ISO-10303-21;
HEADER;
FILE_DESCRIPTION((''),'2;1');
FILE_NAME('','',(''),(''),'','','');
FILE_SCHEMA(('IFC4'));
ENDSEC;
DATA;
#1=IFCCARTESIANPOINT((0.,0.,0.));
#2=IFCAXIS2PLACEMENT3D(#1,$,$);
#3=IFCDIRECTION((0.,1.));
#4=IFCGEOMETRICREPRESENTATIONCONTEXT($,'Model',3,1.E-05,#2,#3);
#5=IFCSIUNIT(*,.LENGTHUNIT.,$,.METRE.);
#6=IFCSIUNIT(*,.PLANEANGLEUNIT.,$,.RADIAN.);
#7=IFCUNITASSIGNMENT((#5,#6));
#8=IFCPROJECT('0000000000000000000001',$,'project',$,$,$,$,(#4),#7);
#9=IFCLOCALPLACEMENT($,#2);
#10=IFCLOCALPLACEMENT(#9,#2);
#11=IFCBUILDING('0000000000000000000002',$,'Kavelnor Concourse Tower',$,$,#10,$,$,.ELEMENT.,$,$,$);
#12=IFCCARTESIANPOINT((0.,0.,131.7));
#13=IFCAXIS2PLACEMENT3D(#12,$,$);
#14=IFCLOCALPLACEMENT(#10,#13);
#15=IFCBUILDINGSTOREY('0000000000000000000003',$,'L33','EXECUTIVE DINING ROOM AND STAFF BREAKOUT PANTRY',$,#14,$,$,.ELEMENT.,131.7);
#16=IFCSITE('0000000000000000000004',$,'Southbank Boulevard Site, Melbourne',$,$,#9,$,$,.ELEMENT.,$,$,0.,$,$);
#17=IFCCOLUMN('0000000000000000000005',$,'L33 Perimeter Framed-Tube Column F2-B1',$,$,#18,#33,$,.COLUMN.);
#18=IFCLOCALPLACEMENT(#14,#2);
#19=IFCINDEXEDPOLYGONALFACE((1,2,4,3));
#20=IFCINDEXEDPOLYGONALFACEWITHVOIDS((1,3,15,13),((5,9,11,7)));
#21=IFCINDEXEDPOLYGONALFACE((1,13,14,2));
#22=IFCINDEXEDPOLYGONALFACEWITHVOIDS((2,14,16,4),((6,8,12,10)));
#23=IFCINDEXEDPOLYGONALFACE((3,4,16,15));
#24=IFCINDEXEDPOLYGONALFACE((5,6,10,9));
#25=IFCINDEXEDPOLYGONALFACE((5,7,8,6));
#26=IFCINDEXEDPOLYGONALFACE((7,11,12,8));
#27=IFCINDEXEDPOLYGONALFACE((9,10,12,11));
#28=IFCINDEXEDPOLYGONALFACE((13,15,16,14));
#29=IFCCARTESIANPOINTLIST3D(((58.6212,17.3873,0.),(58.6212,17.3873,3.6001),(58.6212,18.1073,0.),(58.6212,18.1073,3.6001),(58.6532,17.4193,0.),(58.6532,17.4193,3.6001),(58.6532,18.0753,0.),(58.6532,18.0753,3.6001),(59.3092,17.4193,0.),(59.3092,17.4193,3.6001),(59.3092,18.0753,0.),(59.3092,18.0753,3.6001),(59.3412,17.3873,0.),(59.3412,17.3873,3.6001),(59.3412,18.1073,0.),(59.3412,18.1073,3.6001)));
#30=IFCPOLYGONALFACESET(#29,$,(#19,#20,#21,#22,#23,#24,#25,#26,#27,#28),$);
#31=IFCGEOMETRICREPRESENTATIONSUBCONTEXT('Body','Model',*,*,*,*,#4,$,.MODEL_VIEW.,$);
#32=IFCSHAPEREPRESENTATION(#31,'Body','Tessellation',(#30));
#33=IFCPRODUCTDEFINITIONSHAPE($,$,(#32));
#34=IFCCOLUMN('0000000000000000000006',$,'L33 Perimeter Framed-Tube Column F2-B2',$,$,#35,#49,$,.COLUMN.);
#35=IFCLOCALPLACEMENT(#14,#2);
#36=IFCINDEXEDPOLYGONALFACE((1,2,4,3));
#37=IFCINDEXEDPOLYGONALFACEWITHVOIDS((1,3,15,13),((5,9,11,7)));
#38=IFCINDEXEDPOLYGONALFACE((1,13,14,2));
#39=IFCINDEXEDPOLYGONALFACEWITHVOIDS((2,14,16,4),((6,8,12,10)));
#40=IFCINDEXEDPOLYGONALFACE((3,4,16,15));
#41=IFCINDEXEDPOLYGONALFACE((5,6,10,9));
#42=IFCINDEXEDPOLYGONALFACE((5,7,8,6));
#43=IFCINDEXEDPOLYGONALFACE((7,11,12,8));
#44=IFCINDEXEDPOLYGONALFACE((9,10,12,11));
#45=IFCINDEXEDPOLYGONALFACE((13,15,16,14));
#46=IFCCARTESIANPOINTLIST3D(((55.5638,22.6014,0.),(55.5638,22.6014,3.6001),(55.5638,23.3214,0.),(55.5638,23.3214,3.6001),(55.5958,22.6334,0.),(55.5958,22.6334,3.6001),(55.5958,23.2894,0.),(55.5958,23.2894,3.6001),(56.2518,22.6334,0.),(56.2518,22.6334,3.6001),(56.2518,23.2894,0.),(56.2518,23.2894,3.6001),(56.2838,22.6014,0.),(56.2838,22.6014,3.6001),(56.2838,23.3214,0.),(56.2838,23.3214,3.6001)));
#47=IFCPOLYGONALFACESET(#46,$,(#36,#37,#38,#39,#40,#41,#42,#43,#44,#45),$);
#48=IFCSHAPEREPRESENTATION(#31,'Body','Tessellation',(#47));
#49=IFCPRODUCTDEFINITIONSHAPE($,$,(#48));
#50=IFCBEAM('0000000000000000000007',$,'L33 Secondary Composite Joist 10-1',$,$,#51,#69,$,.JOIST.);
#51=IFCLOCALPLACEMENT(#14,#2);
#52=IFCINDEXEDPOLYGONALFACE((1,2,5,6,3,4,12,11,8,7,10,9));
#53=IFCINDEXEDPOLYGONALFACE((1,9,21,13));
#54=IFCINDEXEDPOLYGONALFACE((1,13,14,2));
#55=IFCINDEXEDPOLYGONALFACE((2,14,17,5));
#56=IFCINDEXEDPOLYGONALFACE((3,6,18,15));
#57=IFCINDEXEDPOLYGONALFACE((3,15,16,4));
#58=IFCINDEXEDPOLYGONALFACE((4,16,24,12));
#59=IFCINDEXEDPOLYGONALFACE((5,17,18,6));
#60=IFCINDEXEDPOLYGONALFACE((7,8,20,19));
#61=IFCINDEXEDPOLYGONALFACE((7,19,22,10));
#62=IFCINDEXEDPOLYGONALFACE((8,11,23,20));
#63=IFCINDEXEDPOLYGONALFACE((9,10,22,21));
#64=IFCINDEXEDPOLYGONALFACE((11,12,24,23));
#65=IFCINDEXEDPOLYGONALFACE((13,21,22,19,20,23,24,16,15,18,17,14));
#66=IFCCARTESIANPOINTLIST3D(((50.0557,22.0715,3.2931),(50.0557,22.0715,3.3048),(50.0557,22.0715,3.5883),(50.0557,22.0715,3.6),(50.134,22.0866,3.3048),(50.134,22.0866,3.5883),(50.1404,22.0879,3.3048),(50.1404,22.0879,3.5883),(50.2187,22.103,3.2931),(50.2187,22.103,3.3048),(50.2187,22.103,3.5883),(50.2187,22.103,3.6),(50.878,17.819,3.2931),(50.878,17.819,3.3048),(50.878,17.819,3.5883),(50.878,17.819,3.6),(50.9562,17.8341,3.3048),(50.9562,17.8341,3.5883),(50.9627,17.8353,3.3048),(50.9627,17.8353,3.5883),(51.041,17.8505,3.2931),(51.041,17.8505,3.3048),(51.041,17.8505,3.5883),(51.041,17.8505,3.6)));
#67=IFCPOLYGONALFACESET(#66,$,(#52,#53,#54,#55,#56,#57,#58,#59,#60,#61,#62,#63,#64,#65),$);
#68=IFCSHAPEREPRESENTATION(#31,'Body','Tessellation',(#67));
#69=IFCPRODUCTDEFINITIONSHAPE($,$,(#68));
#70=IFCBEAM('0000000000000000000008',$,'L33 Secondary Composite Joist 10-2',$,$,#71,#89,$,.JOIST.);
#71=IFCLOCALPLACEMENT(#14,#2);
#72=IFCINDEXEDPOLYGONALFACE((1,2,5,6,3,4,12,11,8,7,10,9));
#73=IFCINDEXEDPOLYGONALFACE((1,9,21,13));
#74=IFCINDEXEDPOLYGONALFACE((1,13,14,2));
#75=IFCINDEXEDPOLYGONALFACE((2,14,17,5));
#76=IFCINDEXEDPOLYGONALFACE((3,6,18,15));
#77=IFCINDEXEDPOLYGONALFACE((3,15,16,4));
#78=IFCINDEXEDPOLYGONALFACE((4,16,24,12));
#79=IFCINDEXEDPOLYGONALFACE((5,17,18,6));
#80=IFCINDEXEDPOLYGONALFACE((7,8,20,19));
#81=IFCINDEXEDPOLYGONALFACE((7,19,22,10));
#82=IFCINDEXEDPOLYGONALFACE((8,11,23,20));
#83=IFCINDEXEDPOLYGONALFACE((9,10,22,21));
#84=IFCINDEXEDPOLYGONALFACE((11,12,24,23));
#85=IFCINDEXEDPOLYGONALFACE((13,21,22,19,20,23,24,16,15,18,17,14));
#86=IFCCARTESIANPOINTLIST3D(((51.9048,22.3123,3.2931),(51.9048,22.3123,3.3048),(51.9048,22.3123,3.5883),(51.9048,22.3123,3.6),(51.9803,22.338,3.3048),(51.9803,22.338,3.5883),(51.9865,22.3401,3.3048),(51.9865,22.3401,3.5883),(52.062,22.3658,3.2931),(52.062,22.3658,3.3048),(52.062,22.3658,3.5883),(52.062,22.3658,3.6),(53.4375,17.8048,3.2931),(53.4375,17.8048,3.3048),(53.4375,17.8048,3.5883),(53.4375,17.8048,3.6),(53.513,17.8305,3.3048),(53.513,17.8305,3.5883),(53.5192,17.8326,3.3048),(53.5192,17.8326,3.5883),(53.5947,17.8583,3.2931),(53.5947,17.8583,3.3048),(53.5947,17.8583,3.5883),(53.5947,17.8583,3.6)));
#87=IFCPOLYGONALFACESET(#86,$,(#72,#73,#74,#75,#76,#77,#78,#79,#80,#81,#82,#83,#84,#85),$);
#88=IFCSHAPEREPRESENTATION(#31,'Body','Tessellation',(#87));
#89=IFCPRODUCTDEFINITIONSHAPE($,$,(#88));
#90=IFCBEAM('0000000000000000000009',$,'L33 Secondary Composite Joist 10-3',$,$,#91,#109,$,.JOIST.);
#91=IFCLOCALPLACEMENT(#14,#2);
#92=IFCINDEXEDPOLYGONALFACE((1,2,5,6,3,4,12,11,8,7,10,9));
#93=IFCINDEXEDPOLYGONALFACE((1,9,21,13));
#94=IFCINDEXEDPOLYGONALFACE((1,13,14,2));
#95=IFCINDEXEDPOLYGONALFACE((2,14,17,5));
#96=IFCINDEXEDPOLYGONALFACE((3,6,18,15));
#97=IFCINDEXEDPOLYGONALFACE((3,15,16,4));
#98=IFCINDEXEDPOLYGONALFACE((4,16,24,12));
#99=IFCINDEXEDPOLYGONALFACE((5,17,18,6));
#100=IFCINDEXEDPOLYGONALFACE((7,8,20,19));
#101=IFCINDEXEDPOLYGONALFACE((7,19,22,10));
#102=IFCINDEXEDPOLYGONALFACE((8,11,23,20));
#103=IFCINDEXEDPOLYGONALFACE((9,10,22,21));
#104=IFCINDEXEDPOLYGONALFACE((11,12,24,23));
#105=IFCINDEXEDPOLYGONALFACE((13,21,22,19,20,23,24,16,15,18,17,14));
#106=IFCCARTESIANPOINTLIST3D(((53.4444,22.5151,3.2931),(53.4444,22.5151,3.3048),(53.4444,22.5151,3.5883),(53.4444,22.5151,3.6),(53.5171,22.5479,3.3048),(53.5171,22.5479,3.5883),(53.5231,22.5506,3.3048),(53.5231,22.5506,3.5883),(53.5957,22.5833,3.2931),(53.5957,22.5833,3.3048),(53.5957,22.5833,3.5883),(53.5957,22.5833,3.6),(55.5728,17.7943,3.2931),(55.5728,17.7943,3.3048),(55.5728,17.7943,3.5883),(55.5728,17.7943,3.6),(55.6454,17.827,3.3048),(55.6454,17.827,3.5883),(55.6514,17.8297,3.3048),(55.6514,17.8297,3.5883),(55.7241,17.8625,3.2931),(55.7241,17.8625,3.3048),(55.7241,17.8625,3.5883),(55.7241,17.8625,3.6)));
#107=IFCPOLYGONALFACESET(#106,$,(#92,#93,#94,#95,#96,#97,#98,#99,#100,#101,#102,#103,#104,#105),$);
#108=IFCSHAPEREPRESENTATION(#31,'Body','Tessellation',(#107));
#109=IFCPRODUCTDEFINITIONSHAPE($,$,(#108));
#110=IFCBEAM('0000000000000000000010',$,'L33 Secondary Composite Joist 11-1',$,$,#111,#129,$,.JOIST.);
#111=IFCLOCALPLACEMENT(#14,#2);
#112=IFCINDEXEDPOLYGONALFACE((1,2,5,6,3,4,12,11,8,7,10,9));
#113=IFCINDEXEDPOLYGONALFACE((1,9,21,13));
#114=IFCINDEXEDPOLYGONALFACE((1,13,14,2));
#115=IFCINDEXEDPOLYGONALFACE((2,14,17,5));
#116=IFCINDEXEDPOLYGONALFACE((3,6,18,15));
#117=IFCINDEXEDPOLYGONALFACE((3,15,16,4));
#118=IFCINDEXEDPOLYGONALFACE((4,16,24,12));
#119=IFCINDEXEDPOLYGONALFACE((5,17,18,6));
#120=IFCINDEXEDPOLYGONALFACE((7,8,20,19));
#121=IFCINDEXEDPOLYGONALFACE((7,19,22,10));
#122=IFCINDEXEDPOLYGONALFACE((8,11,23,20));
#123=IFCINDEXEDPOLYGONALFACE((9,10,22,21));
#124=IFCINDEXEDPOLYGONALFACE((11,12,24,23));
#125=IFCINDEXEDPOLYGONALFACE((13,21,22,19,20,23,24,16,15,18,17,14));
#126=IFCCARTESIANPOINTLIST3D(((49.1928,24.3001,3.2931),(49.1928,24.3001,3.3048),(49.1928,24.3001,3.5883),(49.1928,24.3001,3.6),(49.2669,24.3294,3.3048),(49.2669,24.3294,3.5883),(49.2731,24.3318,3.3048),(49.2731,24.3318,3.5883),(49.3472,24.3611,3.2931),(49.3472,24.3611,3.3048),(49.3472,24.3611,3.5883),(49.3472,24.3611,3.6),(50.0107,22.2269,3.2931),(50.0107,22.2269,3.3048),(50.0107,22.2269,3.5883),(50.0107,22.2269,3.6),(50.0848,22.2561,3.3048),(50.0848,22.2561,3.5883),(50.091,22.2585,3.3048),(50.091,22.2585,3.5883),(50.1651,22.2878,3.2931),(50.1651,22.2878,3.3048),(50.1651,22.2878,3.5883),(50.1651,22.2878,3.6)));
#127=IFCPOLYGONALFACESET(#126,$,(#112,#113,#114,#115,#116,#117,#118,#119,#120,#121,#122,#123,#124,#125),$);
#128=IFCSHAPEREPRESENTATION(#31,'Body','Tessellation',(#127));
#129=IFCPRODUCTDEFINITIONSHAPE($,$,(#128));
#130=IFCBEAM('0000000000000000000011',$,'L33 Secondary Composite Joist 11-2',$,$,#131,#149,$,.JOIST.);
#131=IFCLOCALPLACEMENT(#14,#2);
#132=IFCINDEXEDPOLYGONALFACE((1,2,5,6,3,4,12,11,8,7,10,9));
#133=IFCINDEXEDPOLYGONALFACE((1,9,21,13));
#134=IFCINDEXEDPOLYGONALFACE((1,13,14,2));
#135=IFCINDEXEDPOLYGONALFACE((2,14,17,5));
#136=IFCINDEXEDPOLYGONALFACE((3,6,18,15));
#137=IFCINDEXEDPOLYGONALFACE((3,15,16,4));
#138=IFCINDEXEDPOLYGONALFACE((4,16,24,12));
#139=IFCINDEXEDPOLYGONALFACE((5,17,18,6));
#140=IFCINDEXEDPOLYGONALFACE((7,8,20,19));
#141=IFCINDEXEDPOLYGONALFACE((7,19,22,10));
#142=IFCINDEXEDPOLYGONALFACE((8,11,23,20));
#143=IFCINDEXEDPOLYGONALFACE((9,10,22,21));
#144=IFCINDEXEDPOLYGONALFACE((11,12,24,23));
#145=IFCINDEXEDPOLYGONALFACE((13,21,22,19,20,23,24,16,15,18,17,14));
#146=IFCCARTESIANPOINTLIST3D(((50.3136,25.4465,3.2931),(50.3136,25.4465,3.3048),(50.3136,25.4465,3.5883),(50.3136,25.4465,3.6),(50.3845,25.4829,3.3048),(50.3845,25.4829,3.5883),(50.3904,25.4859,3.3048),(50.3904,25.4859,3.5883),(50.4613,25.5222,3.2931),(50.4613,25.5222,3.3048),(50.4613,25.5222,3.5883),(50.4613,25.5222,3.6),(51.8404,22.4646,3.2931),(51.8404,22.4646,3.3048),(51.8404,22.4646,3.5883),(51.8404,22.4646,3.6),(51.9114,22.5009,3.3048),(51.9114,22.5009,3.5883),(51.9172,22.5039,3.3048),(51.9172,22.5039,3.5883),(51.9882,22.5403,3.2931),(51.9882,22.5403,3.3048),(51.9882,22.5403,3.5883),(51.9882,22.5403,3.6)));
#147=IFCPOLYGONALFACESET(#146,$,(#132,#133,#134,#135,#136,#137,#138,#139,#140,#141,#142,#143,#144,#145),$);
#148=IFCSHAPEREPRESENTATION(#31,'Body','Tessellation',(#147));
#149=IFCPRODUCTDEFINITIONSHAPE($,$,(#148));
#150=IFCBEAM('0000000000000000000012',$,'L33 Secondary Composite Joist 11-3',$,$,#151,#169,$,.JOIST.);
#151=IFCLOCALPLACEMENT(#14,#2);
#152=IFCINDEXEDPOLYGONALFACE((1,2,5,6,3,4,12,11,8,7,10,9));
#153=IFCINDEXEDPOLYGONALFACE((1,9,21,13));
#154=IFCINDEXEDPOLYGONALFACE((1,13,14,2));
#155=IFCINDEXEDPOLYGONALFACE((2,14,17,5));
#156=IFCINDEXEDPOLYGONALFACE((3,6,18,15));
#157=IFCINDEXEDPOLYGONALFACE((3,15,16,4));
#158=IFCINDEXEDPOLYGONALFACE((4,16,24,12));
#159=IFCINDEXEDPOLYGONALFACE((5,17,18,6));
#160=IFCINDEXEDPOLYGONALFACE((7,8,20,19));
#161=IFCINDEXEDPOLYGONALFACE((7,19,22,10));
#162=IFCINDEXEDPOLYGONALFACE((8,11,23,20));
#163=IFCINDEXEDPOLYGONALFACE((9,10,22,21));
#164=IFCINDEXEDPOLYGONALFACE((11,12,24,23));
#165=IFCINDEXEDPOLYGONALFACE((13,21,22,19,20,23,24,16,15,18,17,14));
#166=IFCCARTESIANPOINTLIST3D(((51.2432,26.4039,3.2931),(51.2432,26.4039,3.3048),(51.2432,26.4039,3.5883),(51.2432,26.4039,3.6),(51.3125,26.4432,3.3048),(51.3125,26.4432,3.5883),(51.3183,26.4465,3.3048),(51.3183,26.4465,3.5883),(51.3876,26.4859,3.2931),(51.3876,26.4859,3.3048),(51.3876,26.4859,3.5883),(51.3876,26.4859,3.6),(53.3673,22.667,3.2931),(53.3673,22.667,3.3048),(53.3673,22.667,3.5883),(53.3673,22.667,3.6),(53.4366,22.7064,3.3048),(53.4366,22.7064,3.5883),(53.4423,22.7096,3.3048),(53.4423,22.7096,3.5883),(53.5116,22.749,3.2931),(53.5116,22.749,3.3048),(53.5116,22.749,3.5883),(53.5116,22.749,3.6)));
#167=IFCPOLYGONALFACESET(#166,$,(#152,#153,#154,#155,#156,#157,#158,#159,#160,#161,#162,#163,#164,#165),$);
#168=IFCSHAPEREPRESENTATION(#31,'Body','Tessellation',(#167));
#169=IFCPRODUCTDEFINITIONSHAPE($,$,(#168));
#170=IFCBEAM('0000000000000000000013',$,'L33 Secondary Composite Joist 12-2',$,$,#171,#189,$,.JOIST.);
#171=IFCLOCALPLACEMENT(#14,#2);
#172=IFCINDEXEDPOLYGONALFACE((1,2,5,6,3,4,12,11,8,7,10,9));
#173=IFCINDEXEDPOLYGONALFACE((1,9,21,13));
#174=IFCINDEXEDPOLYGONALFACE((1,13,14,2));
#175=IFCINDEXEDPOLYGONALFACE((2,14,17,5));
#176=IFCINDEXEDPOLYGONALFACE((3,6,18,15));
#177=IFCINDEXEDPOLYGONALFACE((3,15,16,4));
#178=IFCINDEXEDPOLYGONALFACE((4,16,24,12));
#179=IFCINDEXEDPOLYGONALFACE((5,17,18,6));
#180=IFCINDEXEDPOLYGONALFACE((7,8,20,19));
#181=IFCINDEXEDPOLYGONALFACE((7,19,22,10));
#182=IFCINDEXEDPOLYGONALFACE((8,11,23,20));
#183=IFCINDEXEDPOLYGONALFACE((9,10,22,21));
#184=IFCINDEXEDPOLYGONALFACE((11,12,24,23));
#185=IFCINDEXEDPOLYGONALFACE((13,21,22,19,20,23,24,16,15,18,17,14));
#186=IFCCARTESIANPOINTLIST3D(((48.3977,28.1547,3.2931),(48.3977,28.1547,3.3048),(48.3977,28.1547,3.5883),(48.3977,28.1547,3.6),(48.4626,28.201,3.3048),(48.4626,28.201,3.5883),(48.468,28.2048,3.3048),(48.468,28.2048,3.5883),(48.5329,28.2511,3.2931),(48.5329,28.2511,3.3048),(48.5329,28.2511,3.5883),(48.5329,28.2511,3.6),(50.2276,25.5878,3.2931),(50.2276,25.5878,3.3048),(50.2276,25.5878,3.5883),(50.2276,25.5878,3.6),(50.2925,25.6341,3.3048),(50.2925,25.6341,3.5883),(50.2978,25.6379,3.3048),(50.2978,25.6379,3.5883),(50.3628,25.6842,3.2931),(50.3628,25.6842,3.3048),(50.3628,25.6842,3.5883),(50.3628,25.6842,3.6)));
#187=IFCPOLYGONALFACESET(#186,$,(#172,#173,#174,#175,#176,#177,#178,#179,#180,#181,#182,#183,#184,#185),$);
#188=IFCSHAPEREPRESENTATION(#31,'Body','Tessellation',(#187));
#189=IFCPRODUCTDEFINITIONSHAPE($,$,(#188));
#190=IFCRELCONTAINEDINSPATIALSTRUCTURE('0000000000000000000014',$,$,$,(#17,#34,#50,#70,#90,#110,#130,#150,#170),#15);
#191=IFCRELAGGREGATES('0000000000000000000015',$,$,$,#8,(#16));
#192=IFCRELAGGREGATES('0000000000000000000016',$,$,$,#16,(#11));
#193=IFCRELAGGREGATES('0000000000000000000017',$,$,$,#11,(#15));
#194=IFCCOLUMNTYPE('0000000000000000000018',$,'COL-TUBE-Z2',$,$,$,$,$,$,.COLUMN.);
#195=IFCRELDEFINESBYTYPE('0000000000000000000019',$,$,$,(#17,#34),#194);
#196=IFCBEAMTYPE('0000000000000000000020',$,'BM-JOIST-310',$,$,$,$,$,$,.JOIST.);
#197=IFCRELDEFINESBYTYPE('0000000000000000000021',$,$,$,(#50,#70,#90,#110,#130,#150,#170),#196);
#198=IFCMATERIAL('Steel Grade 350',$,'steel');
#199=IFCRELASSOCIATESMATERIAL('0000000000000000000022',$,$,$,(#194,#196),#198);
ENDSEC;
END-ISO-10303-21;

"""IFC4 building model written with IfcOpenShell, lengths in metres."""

from ifc_helpers import new_model, si_unit, direction, frame, origin, origin_2d, place, context, subcontext, project, spatial, hollow_rectangle, i_section, extrude, material, material_profile, profile_set, type_object, element, save


model = new_model("IFC4")

# Units and contexts
model_context = context("Model", 3, precision=1e-05, world=origin(), true_north=direction((0.0, 1.0)))
body_context = subcontext(model_context, "Body", "Model", "MODEL_VIEW")
ifc_project = project(units=[si_unit("LENGTHUNIT", "METRE"), si_unit("PLANEANGLEUNIT", "RADIAN")], contexts=[model_context])

# Site, building, storey
site_placement = place(None, origin())
site = spatial("IfcSite", under=ifc_project, at=site_placement, Name="Southbank Boulevard Site, Melbourne", CompositionType="ELEMENT", RefElevation=0.0)
building_placement = place(site_placement, origin())
building = spatial("IfcBuilding", under=site, at=building_placement, Name="Kavelnor Concourse Tower", CompositionType="ELEMENT")
storey_placement = place(building_placement, frame((0.0, 0.0, 131.7)))
storey = spatial("IfcBuildingStorey", under=building, at=storey_placement, Name="L33", Description="EXECUTIVE DINING ROOM AND STAFF BREAKOUT PANTRY", CompositionType="ELEMENT", Elevation=131.7)

# Columns
ifc_material_1 = material(Name="Steel Grade 350", Category="steel")
ifc_material_profile_1 = material_profile(ifc_material_1, hollow_rectangle(XDim=0.72, YDim=0.72, WallThickness=0.032, at=origin_2d()), Name="SHS 720x720x32")
ifc_profile_set_1 = profile_set([ifc_material_profile_1], Name="Steel Grade 350")
column_type = type_object("IfcColumnType", Name="COL-TUBE-Z2", PredefinedType="COLUMN", material=ifc_profile_set_1)
for number, where, z_axis, x_axis, name in (
    (1, (58.9812, 17.7473, 0.0), (0.0, 0.0, 1.0), (1.0, 0.0, 0.0), "L33 Perimeter Framed-Tube Column F2-B1"),
    (2, (55.9238, 22.9614, 0.0), (0.0, 0.0, 1.0), (1.0, 0.0, 0.0), "L33 Perimeter Framed-Tube Column F2-B2"),
):
    element("IfcColumn", number, at=place(storey_placement, frame(where, z_axis=z_axis, x_axis=x_axis)), inside=storey, type_object=column_type, Name=name, PredefinedType="COLUMN", context=body_context, shape_type="SweptSolid", body=[
        extrude(hollow_rectangle(XDim=0.72, YDim=0.72, WallThickness=0.032, at=origin_2d()), origin(), (0.0, 0.0, 1.0), 3.6001),
    ])

# Beams
ifc_material_profile_2 = material_profile(ifc_material_1, i_section(OverallWidth=0.166, OverallDepth=0.3069, WebThickness=0.0066, FlangeThickness=0.0117, at=origin_2d()), Name="310UB46")
ifc_profile_set_2 = profile_set([ifc_material_profile_2], Name="Steel Grade 350")
beam_type_1 = type_object("IfcBeamType", Name="BM-JOIST-310", PredefinedType="JOIST", material=ifc_profile_set_2)
beam_1_placement = place(storey_placement, frame((50.9595, 17.8347, 3.4465), z_axis=(-0.189847, 0.981814, 0.0), x_axis=(-0.981814, -0.189847, 0.0)))
element("IfcBeam", 3, at=beam_1_placement, inside=storey, type_object=beam_type_1, Name="L33 Secondary Composite Joist 10-1", PredefinedType="JOIST", context=body_context, shape_type="SweptSolid", body=[
    extrude(i_section(OverallWidth=0.166, OverallDepth=0.3069, WebThickness=0.0066, FlangeThickness=0.0117, at=origin_2d()), origin(), (0.0, 0.0, 1.0), 4.3313),
])
beam_2_placement = place(storey_placement, frame((53.5161, 17.8315, 3.4465), z_axis=(-0.321929, 0.946764, 0.0), x_axis=(-0.946764, -0.321929, 0.0)))
element("IfcBeam", 4, at=beam_2_placement, inside=storey, type_object=beam_type_1, Name="L33 Secondary Composite Joist 10-2", PredefinedType="JOIST", context=body_context, shape_type="SweptSolid", body=[
    extrude(i_section(OverallWidth=0.166, OverallDepth=0.3069, WebThickness=0.0066, FlangeThickness=0.0117, at=origin_2d()), origin(), (0.0, 0.0, 1.0), 4.761),
])
beam_3_placement = place(storey_placement, frame((55.6484, 17.8284, 3.4465), z_axis=(-0.411006, 0.911633, 0.0), x_axis=(-0.911633, -0.411006, 0.0)))
element("IfcBeam", 5, at=beam_3_placement, inside=storey, type_object=beam_type_1, Name="L33 Secondary Composite Joist 10-3", PredefinedType="JOIST", context=body_context, shape_type="SweptSolid", body=[
    extrude(i_section(OverallWidth=0.166, OverallDepth=0.3069, WebThickness=0.0066, FlangeThickness=0.0117, at=origin_2d()), origin(), (0.0, 0.0, 1.0), 5.1785),
])
beam_4_placement = place(storey_placement, frame((50.0879, 22.2573, 3.4465), z_axis=(-0.366967, 0.930234, 0.0), x_axis=(-0.930234, -0.366967, 0.0)))
element("IfcBeam", 6, at=beam_4_placement, inside=storey, type_object=beam_type_1, Name="L33 Secondary Composite Joist 11-1", PredefinedType="JOIST", context=body_context, shape_type="SweptSolid", body=[
    extrude(i_section(OverallWidth=0.166, OverallDepth=0.3069, WebThickness=0.0066, FlangeThickness=0.0117, at=origin_2d()), origin(), (0.0, 0.0, 1.0), 2.2288),
])
beam_5_placement = place(storey_placement, frame((51.9143, 22.5024, 3.4465), z_axis=(-0.455763, 0.890101, 0.0), x_axis=(-0.890101, -0.455763, 0.0)))
element("IfcBeam", 7, at=beam_5_placement, inside=storey, type_object=beam_type_1, Name="L33 Secondary Composite Joist 11-2", PredefinedType="JOIST", context=body_context, shape_type="SweptSolid", body=[
    extrude(i_section(OverallWidth=0.166, OverallDepth=0.3069, WebThickness=0.0066, FlangeThickness=0.0117, at=origin_2d()), origin(), (0.0, 0.0, 1.0), 3.3501),
])
beam_6_placement = place(storey_placement, frame((53.4395, 22.708, 3.4465), z_axis=(-0.494156, 0.869373, 0.0), x_axis=(-0.869373, -0.494156, 0.0)))
element("IfcBeam", 8, at=beam_6_placement, inside=storey, type_object=beam_type_1, Name="L33 Secondary Composite Joist 11-3", PredefinedType="JOIST", context=body_context, shape_type="SweptSolid", body=[
    extrude(i_section(OverallWidth=0.166, OverallDepth=0.3069, WebThickness=0.0066, FlangeThickness=0.0117, at=origin_2d()), origin(), (0.0, 0.0, 1.0), 4.2983),
])
beam_7_placement = place(storey_placement, frame((50.2952, 25.636, 3.4465), z_axis=(-0.580469, 0.814283, 0.0), x_axis=(-0.814283, -0.580469, 0.0)))
element("IfcBeam", 9, at=beam_7_placement, inside=storey, type_object=beam_type_1, Name="L33 Secondary Composite Joist 12-2", PredefinedType="JOIST", context=body_context, shape_type="SweptSolid", body=[
    extrude(i_section(OverallWidth=0.166, OverallDepth=0.3069, WebThickness=0.0066, FlangeThickness=0.0117, at=origin_2d()), origin(), (0.0, 0.0, 1.0), 3.1523),
])

save(model, "model.ifc")
